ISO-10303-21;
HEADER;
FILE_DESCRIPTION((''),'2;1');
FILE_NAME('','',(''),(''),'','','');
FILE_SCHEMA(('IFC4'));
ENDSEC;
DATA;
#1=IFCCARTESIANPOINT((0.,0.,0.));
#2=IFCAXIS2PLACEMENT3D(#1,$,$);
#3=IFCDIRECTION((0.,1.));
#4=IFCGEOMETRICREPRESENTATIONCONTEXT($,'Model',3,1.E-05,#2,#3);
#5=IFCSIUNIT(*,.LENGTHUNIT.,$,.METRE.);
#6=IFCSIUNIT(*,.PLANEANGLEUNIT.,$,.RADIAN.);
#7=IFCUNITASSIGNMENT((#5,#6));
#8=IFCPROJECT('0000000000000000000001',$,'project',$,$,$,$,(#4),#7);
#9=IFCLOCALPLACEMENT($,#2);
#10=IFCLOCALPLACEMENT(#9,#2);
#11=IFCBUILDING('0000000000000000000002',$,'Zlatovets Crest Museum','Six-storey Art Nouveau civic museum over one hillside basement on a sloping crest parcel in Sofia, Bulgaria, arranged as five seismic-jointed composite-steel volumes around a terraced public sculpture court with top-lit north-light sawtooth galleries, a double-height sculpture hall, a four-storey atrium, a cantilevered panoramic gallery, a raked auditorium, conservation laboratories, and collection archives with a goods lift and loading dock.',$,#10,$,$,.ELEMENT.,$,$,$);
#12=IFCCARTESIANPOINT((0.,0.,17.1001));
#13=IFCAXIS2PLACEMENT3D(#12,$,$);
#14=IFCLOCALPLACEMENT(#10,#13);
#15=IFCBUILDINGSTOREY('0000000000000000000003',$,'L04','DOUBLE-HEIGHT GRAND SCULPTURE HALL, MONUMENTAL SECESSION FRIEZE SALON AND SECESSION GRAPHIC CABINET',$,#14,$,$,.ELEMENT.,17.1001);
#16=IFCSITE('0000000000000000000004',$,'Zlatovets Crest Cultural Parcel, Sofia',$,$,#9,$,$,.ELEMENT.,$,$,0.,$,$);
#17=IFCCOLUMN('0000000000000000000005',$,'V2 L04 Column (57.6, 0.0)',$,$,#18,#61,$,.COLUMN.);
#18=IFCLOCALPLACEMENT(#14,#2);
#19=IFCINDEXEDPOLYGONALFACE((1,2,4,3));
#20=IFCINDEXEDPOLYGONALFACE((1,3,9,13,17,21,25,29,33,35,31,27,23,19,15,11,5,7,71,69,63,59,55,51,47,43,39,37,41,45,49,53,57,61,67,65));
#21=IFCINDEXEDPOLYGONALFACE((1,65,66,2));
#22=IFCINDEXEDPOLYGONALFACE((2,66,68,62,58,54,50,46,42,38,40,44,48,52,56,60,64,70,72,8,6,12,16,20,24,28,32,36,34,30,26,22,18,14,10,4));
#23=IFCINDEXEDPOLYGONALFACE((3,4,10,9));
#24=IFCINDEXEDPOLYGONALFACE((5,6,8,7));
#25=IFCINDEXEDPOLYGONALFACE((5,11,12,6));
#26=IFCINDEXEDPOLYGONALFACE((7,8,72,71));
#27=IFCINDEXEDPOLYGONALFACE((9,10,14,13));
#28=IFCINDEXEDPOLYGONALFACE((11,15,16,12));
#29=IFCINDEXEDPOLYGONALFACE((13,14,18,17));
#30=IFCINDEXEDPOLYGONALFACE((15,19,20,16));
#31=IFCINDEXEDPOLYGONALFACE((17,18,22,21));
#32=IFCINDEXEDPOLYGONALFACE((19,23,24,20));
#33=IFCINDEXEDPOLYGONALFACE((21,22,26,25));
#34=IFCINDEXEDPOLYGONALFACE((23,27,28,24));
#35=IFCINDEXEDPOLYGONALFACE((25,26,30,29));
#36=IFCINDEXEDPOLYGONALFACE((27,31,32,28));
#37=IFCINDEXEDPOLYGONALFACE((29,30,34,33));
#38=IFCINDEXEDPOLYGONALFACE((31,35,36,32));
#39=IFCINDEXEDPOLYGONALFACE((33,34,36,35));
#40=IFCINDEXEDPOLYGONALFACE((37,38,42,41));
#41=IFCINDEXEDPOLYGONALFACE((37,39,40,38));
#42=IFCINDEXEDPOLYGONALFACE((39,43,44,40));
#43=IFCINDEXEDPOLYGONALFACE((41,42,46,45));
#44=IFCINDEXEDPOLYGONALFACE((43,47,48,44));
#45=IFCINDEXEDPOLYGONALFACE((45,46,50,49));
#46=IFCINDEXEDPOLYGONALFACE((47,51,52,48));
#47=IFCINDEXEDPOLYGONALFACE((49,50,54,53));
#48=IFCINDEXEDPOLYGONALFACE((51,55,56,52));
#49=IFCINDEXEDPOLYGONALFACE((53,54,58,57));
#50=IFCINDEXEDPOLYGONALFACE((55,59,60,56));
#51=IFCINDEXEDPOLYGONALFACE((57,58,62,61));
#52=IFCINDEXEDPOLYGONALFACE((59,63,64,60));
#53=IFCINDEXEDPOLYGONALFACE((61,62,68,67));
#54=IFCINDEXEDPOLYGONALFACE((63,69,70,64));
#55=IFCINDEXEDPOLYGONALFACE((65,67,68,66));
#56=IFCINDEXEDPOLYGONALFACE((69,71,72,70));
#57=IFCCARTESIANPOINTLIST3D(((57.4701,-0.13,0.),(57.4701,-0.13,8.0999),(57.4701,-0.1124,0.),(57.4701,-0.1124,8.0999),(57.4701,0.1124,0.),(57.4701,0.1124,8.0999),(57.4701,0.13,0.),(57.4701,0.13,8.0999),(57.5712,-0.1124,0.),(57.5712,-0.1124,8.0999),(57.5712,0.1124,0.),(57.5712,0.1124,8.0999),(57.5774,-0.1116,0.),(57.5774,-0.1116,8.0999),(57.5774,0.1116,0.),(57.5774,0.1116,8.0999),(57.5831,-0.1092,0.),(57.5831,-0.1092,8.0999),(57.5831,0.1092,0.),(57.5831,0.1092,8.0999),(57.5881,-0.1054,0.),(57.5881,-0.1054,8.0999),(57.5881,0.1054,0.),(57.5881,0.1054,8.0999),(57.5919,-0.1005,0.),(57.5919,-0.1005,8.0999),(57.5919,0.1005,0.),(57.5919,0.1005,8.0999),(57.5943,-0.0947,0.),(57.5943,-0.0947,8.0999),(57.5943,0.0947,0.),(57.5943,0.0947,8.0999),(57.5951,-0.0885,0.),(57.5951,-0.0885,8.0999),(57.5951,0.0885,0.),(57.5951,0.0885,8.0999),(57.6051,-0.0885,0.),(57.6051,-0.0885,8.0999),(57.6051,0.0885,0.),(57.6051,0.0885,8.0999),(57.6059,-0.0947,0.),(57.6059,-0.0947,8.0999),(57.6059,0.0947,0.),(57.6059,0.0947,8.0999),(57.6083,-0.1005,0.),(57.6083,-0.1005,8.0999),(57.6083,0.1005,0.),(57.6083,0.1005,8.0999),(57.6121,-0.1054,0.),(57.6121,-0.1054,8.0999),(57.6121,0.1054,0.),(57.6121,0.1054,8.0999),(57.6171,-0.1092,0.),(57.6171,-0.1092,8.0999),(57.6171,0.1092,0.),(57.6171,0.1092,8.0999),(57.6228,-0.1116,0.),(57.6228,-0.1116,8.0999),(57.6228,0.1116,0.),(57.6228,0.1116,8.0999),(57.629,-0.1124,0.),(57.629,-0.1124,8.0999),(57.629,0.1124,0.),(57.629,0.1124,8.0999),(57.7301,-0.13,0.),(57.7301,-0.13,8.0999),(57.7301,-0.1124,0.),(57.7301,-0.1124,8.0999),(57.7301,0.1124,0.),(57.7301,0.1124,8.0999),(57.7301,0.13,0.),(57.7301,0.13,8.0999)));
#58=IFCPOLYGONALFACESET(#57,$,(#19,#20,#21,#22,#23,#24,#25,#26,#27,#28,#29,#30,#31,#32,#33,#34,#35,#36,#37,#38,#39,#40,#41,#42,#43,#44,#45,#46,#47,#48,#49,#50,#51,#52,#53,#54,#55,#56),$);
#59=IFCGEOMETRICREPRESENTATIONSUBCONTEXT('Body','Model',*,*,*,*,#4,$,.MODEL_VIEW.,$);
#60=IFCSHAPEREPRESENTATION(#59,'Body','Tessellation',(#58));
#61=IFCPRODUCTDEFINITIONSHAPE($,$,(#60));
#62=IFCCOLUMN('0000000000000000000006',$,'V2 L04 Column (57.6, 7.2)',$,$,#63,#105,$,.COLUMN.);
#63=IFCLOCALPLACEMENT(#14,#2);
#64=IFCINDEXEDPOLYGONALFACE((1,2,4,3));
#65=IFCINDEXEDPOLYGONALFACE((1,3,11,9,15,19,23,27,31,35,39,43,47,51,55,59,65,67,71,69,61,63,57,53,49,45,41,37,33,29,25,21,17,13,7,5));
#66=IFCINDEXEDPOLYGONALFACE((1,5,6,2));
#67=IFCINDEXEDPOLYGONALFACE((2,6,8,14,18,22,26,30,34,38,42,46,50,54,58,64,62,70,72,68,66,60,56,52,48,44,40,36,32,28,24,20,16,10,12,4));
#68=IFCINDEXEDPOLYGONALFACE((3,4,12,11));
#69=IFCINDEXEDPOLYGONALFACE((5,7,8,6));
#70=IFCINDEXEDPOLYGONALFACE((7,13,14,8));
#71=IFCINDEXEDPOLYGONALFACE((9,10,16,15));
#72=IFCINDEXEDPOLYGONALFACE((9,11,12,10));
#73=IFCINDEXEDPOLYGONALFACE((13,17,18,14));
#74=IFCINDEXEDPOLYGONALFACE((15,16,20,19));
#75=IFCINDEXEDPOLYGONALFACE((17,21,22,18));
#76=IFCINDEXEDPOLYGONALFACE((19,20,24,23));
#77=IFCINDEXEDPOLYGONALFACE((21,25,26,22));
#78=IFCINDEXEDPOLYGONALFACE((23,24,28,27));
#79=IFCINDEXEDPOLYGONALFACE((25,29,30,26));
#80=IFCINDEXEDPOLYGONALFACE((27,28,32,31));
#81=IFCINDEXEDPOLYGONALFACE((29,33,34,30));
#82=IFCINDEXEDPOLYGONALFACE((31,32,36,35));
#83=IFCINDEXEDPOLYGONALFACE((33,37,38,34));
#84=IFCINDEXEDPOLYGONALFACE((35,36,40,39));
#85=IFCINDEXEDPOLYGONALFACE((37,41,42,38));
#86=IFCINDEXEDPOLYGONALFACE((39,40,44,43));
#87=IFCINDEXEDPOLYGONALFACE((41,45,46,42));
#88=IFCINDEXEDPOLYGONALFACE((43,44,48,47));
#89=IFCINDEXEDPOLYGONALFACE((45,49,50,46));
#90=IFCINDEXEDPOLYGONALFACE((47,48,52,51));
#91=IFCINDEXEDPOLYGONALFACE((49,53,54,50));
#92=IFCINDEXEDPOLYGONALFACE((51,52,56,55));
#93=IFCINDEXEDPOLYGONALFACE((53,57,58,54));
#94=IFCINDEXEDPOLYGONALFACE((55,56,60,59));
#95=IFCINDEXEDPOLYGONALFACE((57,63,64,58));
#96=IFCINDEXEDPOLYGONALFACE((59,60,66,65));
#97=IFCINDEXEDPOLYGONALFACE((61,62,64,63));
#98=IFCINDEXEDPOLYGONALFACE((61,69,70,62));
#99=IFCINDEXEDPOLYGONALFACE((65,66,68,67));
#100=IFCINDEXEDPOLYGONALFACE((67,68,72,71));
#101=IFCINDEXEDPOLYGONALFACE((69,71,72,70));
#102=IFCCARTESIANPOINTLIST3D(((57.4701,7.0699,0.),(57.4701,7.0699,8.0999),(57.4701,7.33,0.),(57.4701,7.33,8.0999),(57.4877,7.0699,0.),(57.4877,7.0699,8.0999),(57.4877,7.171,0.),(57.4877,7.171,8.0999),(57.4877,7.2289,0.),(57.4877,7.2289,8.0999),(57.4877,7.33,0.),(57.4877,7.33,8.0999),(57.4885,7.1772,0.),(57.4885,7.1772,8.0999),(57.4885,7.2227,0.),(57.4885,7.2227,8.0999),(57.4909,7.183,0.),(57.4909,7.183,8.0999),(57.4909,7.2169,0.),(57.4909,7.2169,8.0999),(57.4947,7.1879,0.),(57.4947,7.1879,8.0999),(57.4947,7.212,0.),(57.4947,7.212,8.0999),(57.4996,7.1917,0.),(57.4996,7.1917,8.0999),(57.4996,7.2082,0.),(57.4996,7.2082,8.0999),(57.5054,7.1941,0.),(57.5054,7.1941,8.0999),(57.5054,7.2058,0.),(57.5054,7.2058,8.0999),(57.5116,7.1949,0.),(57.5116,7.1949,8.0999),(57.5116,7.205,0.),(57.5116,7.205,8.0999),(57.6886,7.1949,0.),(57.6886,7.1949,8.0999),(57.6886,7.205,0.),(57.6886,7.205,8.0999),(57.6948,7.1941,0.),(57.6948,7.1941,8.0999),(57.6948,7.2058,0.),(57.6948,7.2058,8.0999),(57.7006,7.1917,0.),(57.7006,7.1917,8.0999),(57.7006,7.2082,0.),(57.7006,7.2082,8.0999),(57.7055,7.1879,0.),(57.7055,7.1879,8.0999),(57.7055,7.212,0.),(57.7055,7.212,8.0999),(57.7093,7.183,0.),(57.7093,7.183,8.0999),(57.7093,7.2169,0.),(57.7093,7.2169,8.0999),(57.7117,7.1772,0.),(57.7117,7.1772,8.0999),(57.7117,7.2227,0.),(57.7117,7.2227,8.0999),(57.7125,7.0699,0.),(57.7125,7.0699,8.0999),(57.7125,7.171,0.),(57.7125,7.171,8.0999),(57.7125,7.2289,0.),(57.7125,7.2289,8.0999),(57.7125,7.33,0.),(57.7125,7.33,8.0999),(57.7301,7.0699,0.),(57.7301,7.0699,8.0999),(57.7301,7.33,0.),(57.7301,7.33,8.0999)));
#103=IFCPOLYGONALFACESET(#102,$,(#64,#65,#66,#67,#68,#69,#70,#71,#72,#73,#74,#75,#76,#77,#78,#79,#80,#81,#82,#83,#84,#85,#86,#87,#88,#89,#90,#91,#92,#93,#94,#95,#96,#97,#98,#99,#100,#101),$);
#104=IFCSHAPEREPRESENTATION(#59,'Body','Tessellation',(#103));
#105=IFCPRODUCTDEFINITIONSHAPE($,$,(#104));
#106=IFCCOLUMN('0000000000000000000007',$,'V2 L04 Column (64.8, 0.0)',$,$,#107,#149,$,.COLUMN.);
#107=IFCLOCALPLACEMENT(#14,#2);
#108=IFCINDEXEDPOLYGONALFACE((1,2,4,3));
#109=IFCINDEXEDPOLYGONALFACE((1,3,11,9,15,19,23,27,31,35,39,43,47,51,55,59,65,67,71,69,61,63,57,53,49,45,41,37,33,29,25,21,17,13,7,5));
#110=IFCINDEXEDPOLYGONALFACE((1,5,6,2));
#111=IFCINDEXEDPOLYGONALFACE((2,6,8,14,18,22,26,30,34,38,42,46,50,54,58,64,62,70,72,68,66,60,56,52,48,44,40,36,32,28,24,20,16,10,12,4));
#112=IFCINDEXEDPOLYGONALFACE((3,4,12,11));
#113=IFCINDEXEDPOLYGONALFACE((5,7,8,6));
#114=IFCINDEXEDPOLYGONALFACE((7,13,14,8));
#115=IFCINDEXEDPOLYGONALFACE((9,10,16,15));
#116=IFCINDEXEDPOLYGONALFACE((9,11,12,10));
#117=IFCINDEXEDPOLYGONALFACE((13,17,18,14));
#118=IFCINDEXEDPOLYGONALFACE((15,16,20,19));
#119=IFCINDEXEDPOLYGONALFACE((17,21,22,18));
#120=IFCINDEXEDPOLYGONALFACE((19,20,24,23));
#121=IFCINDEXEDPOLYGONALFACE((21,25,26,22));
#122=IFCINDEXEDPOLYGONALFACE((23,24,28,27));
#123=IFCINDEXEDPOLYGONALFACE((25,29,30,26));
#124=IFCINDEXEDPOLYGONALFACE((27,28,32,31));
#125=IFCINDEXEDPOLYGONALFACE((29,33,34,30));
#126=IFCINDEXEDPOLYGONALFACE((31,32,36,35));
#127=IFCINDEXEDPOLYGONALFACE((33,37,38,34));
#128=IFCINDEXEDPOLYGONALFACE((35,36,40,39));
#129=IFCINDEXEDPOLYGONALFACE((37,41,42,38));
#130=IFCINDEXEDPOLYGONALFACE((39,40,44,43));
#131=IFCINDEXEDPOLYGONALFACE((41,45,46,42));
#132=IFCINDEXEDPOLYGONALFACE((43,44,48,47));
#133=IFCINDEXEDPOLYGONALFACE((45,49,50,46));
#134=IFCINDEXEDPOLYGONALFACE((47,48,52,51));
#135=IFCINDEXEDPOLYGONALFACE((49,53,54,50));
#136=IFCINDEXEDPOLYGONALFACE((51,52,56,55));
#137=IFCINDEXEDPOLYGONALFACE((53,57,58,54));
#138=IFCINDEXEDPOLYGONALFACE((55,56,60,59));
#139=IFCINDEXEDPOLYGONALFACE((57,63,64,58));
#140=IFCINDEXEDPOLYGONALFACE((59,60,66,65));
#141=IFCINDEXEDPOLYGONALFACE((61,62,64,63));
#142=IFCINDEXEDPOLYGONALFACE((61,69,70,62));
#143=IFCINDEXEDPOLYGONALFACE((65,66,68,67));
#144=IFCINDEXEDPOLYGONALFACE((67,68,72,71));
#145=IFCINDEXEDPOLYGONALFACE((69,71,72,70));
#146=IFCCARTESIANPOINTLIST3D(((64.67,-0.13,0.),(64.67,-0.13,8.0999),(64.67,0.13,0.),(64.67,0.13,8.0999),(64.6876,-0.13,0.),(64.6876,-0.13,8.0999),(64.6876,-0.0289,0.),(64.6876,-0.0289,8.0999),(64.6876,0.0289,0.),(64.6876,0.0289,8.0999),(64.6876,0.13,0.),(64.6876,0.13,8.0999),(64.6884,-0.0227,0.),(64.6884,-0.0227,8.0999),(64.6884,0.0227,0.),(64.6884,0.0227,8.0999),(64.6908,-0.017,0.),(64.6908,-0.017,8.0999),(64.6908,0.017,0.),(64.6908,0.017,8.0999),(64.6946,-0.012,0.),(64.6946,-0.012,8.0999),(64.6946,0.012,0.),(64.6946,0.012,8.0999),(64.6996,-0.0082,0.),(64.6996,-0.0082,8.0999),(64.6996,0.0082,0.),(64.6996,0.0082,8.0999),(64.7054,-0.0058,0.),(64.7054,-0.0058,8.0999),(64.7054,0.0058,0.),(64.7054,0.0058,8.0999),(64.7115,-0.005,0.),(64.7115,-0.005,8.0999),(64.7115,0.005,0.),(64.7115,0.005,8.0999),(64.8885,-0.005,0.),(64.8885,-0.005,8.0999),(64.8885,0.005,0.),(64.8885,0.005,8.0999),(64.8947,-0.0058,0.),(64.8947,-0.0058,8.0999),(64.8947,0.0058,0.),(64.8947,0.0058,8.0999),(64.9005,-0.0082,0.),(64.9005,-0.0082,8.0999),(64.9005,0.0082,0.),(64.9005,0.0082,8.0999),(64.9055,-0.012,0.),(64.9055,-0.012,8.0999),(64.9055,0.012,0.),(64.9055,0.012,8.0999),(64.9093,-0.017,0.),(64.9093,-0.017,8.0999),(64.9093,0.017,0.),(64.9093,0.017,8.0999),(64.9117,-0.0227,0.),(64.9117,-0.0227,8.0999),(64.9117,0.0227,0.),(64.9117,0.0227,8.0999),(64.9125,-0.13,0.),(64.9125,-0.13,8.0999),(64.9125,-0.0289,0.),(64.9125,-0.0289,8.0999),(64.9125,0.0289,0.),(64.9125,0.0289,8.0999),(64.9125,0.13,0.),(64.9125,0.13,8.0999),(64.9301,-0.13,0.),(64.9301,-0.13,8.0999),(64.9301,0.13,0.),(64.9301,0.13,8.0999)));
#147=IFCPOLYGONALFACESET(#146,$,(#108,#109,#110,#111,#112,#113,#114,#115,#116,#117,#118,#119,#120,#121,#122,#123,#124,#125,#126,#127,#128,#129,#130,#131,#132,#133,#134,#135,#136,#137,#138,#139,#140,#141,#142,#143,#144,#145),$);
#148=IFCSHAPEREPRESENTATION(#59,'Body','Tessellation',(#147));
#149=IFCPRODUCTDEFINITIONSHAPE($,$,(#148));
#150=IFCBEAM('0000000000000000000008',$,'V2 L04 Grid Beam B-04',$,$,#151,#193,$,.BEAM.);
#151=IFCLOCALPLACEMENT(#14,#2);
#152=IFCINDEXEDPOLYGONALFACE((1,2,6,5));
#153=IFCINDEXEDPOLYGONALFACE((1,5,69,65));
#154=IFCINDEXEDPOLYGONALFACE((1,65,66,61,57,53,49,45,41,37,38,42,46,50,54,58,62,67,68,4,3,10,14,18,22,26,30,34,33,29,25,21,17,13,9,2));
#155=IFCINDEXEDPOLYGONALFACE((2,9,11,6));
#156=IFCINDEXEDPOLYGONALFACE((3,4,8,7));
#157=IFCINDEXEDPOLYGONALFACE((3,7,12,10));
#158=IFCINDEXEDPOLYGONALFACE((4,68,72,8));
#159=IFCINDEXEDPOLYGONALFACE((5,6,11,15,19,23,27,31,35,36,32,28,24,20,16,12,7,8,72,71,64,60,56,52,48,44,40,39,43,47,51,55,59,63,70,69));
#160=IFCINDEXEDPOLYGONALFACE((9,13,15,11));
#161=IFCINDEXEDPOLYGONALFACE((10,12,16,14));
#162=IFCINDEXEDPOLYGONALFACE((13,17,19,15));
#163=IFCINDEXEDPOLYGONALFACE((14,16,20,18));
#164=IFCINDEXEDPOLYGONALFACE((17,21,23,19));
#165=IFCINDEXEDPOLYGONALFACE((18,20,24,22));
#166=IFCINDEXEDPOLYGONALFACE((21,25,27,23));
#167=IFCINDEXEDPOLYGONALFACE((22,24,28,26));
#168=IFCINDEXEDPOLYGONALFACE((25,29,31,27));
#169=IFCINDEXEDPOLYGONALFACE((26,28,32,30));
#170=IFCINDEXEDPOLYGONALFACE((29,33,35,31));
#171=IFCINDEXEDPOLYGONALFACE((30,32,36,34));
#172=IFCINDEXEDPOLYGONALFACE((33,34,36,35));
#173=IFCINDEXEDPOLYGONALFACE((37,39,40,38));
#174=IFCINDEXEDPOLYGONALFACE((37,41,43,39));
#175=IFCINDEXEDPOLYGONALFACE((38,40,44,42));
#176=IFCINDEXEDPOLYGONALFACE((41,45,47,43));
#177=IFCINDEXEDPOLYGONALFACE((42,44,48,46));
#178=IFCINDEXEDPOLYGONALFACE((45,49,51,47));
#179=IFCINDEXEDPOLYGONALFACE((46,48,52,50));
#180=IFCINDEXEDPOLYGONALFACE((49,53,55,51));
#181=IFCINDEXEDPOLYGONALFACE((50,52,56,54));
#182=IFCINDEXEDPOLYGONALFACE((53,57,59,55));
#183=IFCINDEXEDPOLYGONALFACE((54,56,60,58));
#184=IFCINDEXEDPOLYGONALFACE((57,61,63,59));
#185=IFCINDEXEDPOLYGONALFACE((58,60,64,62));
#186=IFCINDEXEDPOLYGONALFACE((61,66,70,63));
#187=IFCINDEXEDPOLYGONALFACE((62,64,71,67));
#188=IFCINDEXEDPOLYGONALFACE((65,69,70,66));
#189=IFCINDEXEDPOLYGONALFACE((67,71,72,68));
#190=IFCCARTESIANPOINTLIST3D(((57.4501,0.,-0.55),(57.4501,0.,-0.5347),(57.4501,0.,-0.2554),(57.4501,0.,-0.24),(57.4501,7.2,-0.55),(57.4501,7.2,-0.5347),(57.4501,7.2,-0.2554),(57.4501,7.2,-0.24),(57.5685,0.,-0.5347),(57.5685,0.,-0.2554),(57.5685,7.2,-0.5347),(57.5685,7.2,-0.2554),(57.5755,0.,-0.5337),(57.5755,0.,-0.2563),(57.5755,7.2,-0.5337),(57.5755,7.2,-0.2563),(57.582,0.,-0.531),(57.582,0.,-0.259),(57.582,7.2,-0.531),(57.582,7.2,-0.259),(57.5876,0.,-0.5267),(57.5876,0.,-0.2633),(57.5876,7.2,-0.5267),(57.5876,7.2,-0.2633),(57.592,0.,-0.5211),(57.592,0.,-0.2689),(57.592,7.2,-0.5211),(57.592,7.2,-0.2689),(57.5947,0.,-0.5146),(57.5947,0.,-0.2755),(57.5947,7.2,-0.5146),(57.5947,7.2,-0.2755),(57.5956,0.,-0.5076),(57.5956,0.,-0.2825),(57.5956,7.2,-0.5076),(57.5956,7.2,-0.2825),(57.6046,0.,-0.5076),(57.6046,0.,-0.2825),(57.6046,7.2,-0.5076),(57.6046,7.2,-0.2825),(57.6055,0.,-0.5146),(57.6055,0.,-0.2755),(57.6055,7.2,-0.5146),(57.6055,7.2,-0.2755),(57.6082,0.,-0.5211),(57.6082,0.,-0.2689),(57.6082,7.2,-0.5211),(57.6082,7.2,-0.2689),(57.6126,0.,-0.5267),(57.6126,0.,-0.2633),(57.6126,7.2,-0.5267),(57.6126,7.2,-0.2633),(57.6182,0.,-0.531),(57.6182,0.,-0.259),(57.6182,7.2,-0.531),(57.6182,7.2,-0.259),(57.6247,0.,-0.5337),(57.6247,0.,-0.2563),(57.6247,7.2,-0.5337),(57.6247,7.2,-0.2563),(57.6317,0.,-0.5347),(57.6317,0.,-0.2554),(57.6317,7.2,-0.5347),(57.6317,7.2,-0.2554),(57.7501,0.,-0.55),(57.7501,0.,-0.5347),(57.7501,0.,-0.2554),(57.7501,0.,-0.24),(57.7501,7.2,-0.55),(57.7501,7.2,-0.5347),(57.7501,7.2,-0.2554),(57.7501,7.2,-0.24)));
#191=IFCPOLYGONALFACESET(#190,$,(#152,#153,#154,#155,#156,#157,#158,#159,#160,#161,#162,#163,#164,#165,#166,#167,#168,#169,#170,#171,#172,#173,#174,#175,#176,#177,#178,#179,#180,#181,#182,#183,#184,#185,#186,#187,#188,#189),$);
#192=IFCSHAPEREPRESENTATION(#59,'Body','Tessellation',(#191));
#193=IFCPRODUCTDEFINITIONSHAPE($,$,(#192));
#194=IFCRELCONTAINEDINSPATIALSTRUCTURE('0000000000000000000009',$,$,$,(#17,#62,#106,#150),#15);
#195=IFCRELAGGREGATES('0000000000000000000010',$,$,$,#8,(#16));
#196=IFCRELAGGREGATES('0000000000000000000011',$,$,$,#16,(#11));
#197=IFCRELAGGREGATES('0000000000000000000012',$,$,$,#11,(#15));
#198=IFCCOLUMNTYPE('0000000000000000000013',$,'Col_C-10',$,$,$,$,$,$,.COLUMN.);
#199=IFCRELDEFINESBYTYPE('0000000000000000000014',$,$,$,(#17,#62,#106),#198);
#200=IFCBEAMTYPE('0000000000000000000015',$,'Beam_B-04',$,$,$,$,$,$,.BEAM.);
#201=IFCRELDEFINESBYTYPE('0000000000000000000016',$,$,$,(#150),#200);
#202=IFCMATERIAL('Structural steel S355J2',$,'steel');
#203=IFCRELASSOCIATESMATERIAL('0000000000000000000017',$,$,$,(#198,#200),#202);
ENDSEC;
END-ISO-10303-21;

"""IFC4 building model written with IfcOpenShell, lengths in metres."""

from ifc_helpers import new_model, si_unit, direction, frame, origin, origin_2d, place, context, subcontext, project, spatial, i_section, extrude, material, material_profile, profile_set, type_object, element, save


model = new_model("IFC4")

# Units and contexts
model_context = context("Model", 3, precision=1e-05, world=origin(), true_north=direction((0.0, 1.0)))
body_context = subcontext(model_context, "Body", "Model", "MODEL_VIEW")
ifc_project = project(units=[si_unit("LENGTHUNIT", "METRE"), si_unit("PLANEANGLEUNIT", "RADIAN")], contexts=[model_context])

# Site, building, storey
site_placement = place(None, origin())
site = spatial("IfcSite", under=ifc_project, at=site_placement, Name="Zlatovets Crest Cultural Parcel, Sofia", CompositionType="ELEMENT", RefElevation=0.0)
building_placement = place(site_placement, origin())
building = spatial("IfcBuilding", under=site, at=building_placement, Name="Zlatovets Crest Museum", Description="Six-storey Art Nouveau civic museum over one hillside basement on a sloping crest parcel in Sofia, Bulgaria, arranged as five seismic-jointed composite-steel volumes around a terraced public sculpture court with top-lit north-light sawtooth galleries, a double-height sculpture hall, a four-storey atrium, a cantilevered panoramic gallery, a raked auditorium, conservation laboratories, and collection archives with a goods lift and loading dock.", CompositionType="ELEMENT")
storey_placement = place(building_placement, frame((0.0, 0.0, 17.1001)))
storey = spatial("IfcBuildingStorey", under=building, at=storey_placement, Name="L04", Description="DOUBLE-HEIGHT GRAND SCULPTURE HALL, MONUMENTAL SECESSION FRIEZE SALON AND SECESSION GRAPHIC CABINET", CompositionType="ELEMENT", Elevation=17.1001)

# Columns
ifc_material_1 = material(Name="Structural steel S355J2", Category="steel")
ifc_material_profile_1 = material_profile(ifc_material_1, i_section(OverallWidth=0.26, OverallDepth=0.26, WebThickness=0.01, FlangeThickness=0.0176, FilletRadius=0.0239, at=origin_2d()), Name="HEB 260")
ifc_profile_set_1 = profile_set([ifc_material_profile_1], Name="Structural steel S355J2")
column_type = type_object("IfcColumnType", Name="Col_C-10", PredefinedType="COLUMN", material=ifc_profile_set_1)
for number, where, z_axis, x_axis, name in (
    (1, (57.6001, 0.0, 0.0), (0.0, 0.0, 1.0), (1.0, 0.0, 0.0), "V2 L04 Column (57.6, 0.0)"),
    (2, (57.6001, 7.2, 0.0), (0.0, 0.0, 1.0), (0.0, 1.0, 0.0), "V2 L04 Column (57.6, 7.2)"),
    (3, (64.8, 0.0, 0.0), (0.0, 0.0, 1.0), (0.0, 1.0, 0.0), "V2 L04 Column (64.8, 0.0)"),
):
    element("IfcColumn", number, at=place(storey_placement, frame(where, z_axis=z_axis, x_axis=x_axis)), inside=storey, type_object=column_type, Name=name, PredefinedType="COLUMN", context=body_context, shape_type="SweptSolid", body=[
        extrude(i_section(OverallWidth=0.26, OverallDepth=0.26, WebThickness=0.01, FlangeThickness=0.0176, FilletRadius=0.0239, at=origin_2d()), origin(), (0.0, 0.0, 1.0), 8.0999),
    ])

# Beam
ifc_material_profile_2 = material_profile(ifc_material_1, i_section(OverallWidth=0.3, OverallDepth=0.3101, WebThickness=0.009, FlangeThickness=0.0154, FilletRadius=0.0271, at=origin_2d()), Name="HEA 320")
ifc_profile_set_2 = profile_set([ifc_material_profile_2], Name="Structural steel S355J2")
beam_type_1 = type_object("IfcBeamType", Name="Beam_B-04", PredefinedType="BEAM", material=ifc_profile_set_2)
for number, where, z_axis, x_axis, name in (
    (4, (57.6001, 0.0, -0.395), (0.0, 1.0, 0.0), (-1.0, 0.0, 0.0), "V2 L04 Grid Beam B-04"),
):
    element("IfcBeam", number, at=place(storey_placement, frame(where, z_axis=z_axis, x_axis=x_axis)), inside=storey, type_object=beam_type_1, Name=name, PredefinedType="BEAM", context=body_context, shape_type="SweptSolid", body=[
        extrude(i_section(OverallWidth=0.3, OverallDepth=0.3101, WebThickness=0.009, FlangeThickness=0.0154, FilletRadius=0.0271, at=origin_2d()), origin(), (0.0, 0.0, 1.0), 7.2),
    ])

save(model, "model.ifc")
